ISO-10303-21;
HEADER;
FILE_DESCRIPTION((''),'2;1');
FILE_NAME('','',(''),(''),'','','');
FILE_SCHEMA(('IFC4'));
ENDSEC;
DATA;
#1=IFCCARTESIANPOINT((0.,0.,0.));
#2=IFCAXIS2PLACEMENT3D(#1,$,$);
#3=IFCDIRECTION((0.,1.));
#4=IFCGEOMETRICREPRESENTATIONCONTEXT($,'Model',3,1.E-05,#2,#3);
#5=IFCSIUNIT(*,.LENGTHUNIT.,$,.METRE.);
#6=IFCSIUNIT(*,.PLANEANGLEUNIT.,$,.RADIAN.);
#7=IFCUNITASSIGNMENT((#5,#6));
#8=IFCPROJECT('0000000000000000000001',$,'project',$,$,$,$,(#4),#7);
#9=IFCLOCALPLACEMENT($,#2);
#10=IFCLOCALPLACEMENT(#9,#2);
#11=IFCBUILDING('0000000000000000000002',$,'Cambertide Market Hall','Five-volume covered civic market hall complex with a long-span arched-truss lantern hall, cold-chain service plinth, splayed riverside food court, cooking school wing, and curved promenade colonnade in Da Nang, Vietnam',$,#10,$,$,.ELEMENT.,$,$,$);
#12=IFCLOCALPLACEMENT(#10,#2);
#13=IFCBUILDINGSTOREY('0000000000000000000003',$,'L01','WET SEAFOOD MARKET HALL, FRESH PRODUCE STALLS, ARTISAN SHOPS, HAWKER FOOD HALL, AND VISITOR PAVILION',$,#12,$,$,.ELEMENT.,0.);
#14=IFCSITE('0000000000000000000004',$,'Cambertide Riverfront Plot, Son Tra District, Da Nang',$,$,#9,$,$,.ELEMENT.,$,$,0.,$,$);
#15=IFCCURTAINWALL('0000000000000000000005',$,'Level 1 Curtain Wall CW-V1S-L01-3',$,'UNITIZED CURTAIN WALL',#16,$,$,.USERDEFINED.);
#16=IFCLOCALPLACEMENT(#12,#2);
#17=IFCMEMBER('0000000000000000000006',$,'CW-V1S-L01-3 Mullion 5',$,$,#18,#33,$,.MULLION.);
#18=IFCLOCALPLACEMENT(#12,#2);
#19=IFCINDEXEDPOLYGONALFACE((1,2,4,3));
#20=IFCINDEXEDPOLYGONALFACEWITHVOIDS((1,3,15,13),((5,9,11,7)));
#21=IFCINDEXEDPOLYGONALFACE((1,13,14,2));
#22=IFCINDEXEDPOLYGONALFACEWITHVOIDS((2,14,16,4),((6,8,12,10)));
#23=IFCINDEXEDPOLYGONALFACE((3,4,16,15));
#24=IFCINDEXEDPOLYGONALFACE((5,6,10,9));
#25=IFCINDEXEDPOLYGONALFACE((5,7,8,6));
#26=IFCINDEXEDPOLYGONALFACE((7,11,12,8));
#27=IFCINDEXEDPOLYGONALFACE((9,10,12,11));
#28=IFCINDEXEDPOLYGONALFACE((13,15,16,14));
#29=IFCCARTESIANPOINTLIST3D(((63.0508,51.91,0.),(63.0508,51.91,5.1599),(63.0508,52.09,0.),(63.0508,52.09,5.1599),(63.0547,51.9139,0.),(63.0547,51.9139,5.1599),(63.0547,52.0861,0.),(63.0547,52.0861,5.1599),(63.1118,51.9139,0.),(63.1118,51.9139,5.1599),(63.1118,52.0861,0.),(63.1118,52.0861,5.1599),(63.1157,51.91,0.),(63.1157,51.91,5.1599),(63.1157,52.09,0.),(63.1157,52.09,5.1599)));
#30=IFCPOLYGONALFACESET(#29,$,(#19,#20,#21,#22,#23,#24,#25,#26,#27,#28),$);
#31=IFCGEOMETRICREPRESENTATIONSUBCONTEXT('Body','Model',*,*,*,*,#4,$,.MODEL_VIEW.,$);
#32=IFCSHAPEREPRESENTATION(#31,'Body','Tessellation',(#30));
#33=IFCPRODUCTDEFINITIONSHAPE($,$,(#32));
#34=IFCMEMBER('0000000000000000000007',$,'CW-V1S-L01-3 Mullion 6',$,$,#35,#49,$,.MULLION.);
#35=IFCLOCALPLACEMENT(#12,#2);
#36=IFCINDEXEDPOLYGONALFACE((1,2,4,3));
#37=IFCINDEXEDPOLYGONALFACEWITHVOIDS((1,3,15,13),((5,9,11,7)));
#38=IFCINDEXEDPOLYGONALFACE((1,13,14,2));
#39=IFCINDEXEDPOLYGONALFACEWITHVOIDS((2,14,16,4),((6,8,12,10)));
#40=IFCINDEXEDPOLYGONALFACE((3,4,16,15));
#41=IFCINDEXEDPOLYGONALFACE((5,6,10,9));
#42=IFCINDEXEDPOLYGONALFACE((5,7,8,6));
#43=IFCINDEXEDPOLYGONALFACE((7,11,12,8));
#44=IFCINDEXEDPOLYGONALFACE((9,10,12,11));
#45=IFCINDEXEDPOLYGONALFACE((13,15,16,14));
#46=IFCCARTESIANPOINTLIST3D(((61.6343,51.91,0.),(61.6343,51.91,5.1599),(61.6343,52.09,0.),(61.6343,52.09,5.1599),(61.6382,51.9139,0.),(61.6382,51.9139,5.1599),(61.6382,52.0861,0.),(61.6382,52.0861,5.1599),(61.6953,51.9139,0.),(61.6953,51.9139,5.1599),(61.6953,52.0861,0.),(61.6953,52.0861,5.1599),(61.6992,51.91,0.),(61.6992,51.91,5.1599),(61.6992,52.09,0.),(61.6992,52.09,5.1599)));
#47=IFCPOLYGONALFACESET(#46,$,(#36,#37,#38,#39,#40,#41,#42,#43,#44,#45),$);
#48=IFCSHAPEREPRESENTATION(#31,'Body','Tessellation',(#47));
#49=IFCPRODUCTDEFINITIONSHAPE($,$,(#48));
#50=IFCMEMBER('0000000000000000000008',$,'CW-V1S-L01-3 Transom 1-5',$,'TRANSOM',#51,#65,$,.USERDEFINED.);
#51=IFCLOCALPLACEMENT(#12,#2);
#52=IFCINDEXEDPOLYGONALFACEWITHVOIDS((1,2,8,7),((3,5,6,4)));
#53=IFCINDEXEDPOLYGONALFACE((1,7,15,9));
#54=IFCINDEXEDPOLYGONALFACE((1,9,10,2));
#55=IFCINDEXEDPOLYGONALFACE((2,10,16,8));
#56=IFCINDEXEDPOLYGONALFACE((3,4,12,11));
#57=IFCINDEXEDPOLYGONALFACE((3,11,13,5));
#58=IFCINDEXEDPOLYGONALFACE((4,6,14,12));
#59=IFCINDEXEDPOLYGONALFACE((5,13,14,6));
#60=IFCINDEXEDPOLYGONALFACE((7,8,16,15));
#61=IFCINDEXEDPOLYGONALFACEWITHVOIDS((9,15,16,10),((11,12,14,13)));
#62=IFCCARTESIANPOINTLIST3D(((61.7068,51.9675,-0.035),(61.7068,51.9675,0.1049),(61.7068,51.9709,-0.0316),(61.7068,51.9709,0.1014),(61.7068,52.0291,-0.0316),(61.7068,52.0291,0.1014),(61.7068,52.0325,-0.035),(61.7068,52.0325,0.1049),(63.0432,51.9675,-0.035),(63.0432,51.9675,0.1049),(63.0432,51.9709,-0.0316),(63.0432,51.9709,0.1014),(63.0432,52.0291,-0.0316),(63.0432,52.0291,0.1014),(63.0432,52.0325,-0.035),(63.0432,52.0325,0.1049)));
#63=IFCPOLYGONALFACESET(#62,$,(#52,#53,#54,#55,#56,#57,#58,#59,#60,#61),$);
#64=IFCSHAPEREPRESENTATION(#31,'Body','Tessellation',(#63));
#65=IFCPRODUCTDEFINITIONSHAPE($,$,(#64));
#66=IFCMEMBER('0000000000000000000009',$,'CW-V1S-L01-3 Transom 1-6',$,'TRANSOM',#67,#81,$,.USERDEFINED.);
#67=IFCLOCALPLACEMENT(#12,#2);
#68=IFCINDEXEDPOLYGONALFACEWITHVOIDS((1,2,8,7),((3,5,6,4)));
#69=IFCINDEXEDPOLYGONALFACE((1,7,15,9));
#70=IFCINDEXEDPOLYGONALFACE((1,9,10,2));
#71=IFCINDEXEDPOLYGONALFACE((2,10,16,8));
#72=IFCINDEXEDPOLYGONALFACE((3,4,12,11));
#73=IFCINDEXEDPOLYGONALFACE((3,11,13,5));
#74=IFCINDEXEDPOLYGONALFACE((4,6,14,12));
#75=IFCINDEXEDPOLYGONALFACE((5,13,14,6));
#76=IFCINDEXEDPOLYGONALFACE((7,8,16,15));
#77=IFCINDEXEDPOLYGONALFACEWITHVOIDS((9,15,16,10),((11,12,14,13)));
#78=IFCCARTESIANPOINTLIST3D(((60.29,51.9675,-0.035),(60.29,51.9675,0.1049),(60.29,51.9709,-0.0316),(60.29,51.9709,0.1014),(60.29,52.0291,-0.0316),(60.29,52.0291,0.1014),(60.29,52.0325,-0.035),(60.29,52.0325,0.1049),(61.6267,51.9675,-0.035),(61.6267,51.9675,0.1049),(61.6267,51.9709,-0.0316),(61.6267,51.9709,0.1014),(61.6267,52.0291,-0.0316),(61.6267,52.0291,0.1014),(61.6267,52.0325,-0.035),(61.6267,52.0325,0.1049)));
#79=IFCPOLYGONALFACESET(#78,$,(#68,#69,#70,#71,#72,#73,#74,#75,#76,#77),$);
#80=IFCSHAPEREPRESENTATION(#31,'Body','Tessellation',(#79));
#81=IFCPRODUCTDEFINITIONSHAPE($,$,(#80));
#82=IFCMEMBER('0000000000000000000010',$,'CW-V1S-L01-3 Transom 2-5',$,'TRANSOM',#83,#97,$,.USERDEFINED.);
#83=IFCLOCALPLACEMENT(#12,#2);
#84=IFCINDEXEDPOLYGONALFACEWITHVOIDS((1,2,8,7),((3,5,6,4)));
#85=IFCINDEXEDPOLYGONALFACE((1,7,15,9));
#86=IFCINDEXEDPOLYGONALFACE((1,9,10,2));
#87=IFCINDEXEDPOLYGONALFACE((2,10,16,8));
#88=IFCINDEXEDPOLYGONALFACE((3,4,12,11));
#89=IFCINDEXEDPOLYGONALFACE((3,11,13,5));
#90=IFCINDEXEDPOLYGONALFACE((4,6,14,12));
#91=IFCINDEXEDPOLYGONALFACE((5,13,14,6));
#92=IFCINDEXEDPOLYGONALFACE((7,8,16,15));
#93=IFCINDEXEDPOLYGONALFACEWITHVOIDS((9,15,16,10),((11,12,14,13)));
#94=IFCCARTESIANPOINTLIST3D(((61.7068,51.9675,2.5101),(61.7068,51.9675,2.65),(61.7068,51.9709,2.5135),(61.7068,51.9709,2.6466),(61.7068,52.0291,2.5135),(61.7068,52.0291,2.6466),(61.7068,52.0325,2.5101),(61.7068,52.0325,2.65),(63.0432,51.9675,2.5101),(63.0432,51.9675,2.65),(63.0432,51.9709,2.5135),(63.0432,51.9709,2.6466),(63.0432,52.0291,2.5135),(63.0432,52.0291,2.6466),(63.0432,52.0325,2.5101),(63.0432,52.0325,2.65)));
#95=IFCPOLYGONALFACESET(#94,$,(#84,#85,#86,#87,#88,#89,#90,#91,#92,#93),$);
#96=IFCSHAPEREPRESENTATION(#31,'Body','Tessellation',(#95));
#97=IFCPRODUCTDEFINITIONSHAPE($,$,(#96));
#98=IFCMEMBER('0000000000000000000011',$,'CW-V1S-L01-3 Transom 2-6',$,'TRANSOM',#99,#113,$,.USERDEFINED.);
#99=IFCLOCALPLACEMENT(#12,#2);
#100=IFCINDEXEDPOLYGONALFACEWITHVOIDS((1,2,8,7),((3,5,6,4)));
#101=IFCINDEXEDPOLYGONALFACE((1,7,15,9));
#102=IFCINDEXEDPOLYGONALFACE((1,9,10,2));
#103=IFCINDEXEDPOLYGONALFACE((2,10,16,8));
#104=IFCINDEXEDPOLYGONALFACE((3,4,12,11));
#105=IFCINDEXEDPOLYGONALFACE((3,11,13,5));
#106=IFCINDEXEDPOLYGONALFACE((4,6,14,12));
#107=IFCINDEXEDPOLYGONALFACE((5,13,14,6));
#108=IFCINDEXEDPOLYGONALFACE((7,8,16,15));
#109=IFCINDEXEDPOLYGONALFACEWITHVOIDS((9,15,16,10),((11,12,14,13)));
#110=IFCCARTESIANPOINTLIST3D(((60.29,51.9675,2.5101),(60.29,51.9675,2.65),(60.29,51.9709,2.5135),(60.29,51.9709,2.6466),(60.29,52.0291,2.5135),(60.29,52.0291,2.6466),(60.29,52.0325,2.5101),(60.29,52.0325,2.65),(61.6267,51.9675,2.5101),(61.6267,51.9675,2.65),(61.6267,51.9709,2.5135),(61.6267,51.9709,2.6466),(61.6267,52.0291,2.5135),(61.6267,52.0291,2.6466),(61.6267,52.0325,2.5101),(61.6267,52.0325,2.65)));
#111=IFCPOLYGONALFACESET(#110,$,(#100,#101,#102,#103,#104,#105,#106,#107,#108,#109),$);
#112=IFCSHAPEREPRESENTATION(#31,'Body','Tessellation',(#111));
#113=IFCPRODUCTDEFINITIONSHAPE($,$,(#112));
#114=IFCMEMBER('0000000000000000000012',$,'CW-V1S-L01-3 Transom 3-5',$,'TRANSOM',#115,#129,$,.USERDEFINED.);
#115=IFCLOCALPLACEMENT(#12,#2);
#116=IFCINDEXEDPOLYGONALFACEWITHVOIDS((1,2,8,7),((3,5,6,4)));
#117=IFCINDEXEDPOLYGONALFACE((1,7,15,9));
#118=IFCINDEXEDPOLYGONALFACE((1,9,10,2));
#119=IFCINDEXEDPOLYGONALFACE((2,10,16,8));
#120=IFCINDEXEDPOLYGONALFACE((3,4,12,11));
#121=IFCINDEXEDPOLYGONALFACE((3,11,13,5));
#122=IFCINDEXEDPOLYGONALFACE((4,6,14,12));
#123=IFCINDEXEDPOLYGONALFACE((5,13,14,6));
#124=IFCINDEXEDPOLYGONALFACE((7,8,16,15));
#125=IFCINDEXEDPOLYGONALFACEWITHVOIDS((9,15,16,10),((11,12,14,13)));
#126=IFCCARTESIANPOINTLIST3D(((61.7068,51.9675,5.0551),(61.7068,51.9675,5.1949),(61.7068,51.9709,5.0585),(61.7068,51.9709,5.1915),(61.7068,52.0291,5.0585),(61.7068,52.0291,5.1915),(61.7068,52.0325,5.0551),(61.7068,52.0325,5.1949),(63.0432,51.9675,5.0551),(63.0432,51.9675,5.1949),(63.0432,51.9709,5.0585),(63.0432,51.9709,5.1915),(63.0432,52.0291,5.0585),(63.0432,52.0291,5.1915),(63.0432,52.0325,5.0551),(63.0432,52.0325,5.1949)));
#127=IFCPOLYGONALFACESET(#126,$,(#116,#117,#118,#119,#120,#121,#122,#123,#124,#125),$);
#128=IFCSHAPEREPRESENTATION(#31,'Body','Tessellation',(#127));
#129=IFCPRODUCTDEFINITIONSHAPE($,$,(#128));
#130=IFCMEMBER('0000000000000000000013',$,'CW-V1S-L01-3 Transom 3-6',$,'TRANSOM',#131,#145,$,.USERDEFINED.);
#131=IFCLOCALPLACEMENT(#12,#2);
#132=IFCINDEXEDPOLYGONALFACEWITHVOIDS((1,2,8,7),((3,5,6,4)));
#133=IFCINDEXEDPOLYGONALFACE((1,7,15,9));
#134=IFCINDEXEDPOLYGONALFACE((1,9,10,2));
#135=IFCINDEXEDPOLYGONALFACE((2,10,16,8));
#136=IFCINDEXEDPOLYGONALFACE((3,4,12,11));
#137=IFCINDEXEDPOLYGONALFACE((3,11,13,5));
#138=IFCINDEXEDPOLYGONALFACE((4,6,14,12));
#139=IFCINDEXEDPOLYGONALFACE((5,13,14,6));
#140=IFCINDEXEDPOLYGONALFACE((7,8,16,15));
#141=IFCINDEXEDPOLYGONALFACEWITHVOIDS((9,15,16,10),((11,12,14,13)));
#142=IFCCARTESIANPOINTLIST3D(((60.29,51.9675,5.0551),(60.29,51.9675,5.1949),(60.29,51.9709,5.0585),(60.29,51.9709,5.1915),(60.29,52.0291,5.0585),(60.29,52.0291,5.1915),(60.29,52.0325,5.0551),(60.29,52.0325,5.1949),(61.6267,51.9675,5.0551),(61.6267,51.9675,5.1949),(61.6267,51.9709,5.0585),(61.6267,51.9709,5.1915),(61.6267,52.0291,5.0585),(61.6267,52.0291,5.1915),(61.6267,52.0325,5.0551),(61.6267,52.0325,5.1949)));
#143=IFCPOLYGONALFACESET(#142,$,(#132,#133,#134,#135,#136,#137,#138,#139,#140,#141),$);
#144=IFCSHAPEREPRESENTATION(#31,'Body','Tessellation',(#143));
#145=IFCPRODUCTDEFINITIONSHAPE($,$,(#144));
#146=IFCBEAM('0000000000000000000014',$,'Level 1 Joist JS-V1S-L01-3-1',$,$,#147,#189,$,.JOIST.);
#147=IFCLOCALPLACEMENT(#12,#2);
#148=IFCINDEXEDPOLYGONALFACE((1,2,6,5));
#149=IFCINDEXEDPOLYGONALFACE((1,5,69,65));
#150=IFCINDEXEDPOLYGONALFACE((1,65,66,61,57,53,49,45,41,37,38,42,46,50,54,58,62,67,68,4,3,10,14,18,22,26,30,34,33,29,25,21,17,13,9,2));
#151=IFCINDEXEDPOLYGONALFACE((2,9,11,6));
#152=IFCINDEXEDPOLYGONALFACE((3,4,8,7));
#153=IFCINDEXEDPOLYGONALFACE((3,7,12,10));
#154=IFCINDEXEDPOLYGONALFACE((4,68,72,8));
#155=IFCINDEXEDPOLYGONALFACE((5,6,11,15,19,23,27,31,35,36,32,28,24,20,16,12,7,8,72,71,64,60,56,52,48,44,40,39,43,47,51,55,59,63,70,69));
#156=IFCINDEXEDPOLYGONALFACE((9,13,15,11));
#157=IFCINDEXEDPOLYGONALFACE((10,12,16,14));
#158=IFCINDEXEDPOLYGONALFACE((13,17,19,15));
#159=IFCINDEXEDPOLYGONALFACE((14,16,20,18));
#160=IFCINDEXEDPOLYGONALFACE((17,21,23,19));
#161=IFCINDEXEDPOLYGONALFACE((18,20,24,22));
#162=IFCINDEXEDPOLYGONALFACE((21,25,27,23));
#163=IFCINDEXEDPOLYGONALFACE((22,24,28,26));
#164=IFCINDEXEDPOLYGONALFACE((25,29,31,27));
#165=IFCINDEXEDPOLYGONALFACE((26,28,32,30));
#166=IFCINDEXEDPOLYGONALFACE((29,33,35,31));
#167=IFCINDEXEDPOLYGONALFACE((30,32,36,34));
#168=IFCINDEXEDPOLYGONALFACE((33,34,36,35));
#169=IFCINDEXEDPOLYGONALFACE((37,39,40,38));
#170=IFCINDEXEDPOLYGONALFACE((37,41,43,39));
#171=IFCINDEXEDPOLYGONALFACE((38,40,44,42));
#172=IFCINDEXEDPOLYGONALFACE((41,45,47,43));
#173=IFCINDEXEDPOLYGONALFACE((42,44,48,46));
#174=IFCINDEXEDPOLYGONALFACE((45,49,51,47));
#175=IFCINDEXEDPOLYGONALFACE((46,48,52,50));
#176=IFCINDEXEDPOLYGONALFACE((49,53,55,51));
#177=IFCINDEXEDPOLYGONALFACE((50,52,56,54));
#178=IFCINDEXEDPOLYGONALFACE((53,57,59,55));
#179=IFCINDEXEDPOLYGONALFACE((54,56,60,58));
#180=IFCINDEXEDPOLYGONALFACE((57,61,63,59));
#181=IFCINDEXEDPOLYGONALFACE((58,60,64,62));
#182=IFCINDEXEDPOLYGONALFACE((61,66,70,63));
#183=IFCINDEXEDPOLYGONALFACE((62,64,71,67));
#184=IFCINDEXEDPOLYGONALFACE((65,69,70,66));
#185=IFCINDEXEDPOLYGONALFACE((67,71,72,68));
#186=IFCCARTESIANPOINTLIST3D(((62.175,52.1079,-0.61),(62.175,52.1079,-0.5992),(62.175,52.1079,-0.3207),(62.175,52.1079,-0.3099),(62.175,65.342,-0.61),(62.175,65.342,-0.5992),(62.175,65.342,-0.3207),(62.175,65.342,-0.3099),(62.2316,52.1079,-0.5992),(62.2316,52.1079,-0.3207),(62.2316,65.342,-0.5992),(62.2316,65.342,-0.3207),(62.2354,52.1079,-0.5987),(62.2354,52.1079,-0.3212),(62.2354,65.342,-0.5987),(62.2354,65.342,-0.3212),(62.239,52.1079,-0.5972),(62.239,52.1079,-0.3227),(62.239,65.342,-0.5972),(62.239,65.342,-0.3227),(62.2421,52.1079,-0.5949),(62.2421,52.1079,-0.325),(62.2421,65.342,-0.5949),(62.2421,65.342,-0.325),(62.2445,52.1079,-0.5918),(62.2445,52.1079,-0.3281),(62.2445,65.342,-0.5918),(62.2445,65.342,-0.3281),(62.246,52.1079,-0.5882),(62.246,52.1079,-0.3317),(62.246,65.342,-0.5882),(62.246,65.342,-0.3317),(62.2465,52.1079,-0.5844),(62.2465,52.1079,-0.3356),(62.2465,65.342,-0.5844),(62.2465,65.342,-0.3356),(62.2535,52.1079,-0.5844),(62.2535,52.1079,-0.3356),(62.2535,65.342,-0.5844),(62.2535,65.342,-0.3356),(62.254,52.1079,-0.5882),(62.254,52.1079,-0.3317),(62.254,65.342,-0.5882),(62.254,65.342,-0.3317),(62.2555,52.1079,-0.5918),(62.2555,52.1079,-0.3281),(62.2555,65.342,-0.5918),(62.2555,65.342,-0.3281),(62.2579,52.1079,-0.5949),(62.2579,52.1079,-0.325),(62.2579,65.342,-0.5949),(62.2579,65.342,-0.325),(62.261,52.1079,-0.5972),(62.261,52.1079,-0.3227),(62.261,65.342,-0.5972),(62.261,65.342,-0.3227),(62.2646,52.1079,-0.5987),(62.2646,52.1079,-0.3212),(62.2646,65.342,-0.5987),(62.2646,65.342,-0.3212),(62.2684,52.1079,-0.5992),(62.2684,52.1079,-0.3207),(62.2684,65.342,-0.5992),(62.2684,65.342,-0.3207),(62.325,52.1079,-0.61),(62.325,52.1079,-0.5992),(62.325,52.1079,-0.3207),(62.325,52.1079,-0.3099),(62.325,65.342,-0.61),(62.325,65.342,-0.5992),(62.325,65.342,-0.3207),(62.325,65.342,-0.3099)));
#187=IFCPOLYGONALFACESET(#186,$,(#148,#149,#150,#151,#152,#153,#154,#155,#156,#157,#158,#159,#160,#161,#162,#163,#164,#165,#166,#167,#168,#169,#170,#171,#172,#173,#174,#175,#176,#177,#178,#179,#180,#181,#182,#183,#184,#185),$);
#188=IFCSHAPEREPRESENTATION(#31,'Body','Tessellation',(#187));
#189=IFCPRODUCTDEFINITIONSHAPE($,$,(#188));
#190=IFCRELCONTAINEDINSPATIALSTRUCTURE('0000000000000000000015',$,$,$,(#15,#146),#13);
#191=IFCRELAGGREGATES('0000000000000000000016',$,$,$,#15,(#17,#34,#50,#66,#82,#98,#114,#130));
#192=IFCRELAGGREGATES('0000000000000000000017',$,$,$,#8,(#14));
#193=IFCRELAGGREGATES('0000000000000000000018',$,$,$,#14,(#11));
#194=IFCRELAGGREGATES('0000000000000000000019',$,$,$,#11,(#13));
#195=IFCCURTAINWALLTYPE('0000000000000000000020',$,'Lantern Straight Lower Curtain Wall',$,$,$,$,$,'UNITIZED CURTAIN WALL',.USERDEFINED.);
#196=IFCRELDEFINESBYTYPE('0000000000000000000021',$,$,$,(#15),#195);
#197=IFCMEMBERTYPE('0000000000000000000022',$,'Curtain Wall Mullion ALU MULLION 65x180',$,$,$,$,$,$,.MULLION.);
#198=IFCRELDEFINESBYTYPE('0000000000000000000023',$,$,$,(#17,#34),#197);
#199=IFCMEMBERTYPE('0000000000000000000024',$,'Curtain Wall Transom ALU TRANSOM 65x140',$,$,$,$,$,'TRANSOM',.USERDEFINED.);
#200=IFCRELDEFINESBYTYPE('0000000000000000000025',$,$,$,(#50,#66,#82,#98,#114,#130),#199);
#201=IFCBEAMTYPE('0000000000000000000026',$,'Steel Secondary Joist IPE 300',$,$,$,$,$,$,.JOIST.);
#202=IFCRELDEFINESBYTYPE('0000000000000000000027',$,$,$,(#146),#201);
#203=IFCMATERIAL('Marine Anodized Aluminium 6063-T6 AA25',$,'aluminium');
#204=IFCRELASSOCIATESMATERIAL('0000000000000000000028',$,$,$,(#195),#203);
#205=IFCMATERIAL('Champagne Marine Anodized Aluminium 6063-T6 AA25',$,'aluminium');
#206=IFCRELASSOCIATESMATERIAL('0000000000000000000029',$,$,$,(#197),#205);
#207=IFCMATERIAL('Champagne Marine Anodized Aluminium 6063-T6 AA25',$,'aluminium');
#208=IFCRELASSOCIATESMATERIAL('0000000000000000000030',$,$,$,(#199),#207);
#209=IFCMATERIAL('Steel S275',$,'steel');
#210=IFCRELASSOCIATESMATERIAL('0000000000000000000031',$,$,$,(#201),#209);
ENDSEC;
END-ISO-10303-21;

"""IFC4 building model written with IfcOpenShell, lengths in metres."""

from ifc_helpers import new_model, si_unit, direction, frame, origin, origin_2d, place, context, subcontext, project, spatial, hollow_rectangle, i_section, extrude, material, material_profile, profile_set, type_object, element, aggregate, save


model = new_model("IFC4")

# Units and contexts
model_context = context("Model", 3, precision=1e-05, world=origin(), true_north=direction((0.0, 1.0)))
body_context = subcontext(model_context, "Body", "Model", "MODEL_VIEW")
ifc_project = project(units=[si_unit("LENGTHUNIT", "METRE"), si_unit("PLANEANGLEUNIT", "RADIAN")], contexts=[model_context])

# Site, building, storey
site_placement = place(None, origin())
site = spatial("IfcSite", under=ifc_project, at=site_placement, Name="Cambertide Riverfront Plot, Son Tra District, Da Nang", CompositionType="ELEMENT", RefElevation=0.0)
building_placement = place(site_placement, origin())
building = spatial("IfcBuilding", under=site, at=building_placement, Name="Cambertide Market Hall", Description="Five-volume covered civic market hall complex with a long-span arched-truss lantern hall, cold-chain service plinth, splayed riverside food court, cooking school wing, and curved promenade colonnade in Da Nang, Vietnam", CompositionType="ELEMENT")
storey_placement = place(building_placement, origin())
storey = spatial("IfcBuildingStorey", under=building, at=storey_placement, Name="L01", Description="WET SEAFOOD MARKET HALL, FRESH PRODUCE STALLS, ARTISAN SHOPS, HAWKER FOOD HALL, AND VISITOR PAVILION", CompositionType="ELEMENT", Elevation=0.0)

# Curtain wall, members
ifc_material_1 = material(Name="Marine Anodized Aluminium 6063-T6 AA25", Category="aluminium")
curtain_wall_type = type_object("IfcCurtainWallType", Name="Lantern Straight Lower Curtain Wall", ElementType="UNITIZED CURTAIN WALL", PredefinedType="USERDEFINED", material=ifc_material_1)
curtain_wall_placement = place(storey_placement, origin())
curtain_wall = element("IfcCurtainWall", 1, at=curtain_wall_placement, inside=storey, type_object=curtain_wall_type, Name="Level 1 Curtain Wall CW-V1S-L01-3", ObjectType="UNITIZED CURTAIN WALL", PredefinedType="USERDEFINED")
ifc_material_2 = material(Name="Champagne Marine Anodized Aluminium 6063-T6 AA25", Category="aluminium")
ifc_material_profile_1 = material_profile(ifc_material_2, hollow_rectangle(XDim=0.0649, YDim=0.1799, WallThickness=0.0039, at=origin_2d()), Name="ALU MULLION 65x180")
ifc_profile_set_1 = profile_set([ifc_material_profile_1], Name="Champagne Marine Anodized Aluminium 6063-T6 AA25")
member_type_1 = type_object("IfcMemberType", Name="Curtain Wall Mullion ALU MULLION 65x180", PredefinedType="MULLION", material=ifc_profile_set_1)
member_1_placement = place(storey_placement, frame((63.0833, 52.0, 0.0), z_axis=(0.0, 0.0, 1.0), x_axis=(-1.0, 0.0, 0.0)))
member_1 = element("IfcMember", 2, at=member_1_placement, type_object=member_type_1, Name="CW-V1S-L01-3 Mullion 5", PredefinedType="MULLION", context=body_context, shape_type="SweptSolid", body=[
    extrude(hollow_rectangle(XDim=0.0649, YDim=0.1799, WallThickness=0.0039, at=origin_2d()), origin(), (0.0, 0.0, 1.0), 5.1599),
])
member_2_placement = place(storey_placement, frame((61.6667, 52.0, 0.0), z_axis=(0.0, 0.0, 1.0), x_axis=(-1.0, 0.0, 0.0)))
member_2 = element("IfcMember", 3, at=member_2_placement, type_object=member_type_1, Name="CW-V1S-L01-3 Mullion 6", PredefinedType="MULLION", context=body_context, shape_type="SweptSolid", body=[
    extrude(hollow_rectangle(XDim=0.0649, YDim=0.1799, WallThickness=0.0039, at=origin_2d()), origin(), (0.0, 0.0, 1.0), 5.1599),
])
ifc_material_3 = material(Name="Champagne Marine Anodized Aluminium 6063-T6 AA25", Category="aluminium")
ifc_material_profile_2 = material_profile(ifc_material_3, hollow_rectangle(XDim=0.0649, YDim=0.1399, WallThickness=0.0034, at=origin_2d()), Name="ALU TRANSOM 65x140")
ifc_profile_set_2 = profile_set([ifc_material_profile_2], Name="Champagne Marine Anodized Aluminium 6063-T6 AA25")
member_type_2 = type_object("IfcMemberType", Name="Curtain Wall Transom ALU TRANSOM 65x140", ElementType="TRANSOM", PredefinedType="USERDEFINED", material=ifc_profile_set_2)
member_3_placement = place(storey_placement, frame((63.0432, 52.0, 0.0349), z_axis=(-1.0, 0.0, 0.0), x_axis=(0.0, -1.0, 0.0)))
member_3 = element("IfcMember", 4, at=member_3_placement, type_object=member_type_2, Name="CW-V1S-L01-3 Transom 1-5", ObjectType="TRANSOM", PredefinedType="USERDEFINED", context=body_context, shape_type="SweptSolid", body=[
    extrude(hollow_rectangle(XDim=0.0649, YDim=0.1399, WallThickness=0.0034, at=origin_2d()), origin(), (0.0, 0.0, 1.0), 1.3364),
])
member_4_placement = place(storey_placement, frame((61.6267, 52.0, 0.0349), z_axis=(-1.0, 0.0, 0.0), x_axis=(0.0, -1.0, 0.0)))
member_4 = element("IfcMember", 5, at=member_4_placement, type_object=member_type_2, Name="CW-V1S-L01-3 Transom 1-6", ObjectType="TRANSOM", PredefinedType="USERDEFINED", context=body_context, shape_type="SweptSolid", body=[
    extrude(hollow_rectangle(XDim=0.0649, YDim=0.1399, WallThickness=0.0034, at=origin_2d()), origin(), (0.0, 0.0, 1.0), 1.3367),
])
member_5_placement = place(storey_placement, frame((63.0432, 52.0, 2.5801), z_axis=(-1.0, 0.0, 0.0), x_axis=(0.0, -1.0, 0.0)))
member_5 = element("IfcMember", 6, at=member_5_placement, type_object=member_type_2, Name="CW-V1S-L01-3 Transom 2-5", ObjectType="TRANSOM", PredefinedType="USERDEFINED", context=body_context, shape_type="SweptSolid", body=[
    extrude(hollow_rectangle(XDim=0.0649, YDim=0.1399, WallThickness=0.0034, at=origin_2d()), origin(), (0.0, 0.0, 1.0), 1.3364),
])
member_6_placement = place(storey_placement, frame((61.6267, 52.0, 2.5801), z_axis=(-1.0, 0.0, 0.0), x_axis=(0.0, -1.0, 0.0)))
member_6 = element("IfcMember", 7, at=member_6_placement, type_object=member_type_2, Name="CW-V1S-L01-3 Transom 2-6", ObjectType="TRANSOM", PredefinedType="USERDEFINED", context=body_context, shape_type="SweptSolid", body=[
    extrude(hollow_rectangle(XDim=0.0649, YDim=0.1399, WallThickness=0.0034, at=origin_2d()), origin(), (0.0, 0.0, 1.0), 1.3367),
])
member_7_placement = place(storey_placement, frame((63.0432, 52.0, 5.125), z_axis=(-1.0, 0.0, 0.0), x_axis=(0.0, -1.0, 0.0)))
member_7 = element("IfcMember", 8, at=member_7_placement, type_object=member_type_2, Name="CW-V1S-L01-3 Transom 3-5", ObjectType="TRANSOM", PredefinedType="USERDEFINED", context=body_context, shape_type="SweptSolid", body=[
    extrude(hollow_rectangle(XDim=0.0649, YDim=0.1399, WallThickness=0.0034, at=origin_2d()), origin(), (0.0, 0.0, 1.0), 1.3364),
])
member_8_placement = place(storey_placement, frame((61.6267, 52.0, 5.125), z_axis=(-1.0, 0.0, 0.0), x_axis=(0.0, -1.0, 0.0)))
member_8 = element("IfcMember", 9, at=member_8_placement, type_object=member_type_2, Name="CW-V1S-L01-3 Transom 3-6", ObjectType="TRANSOM", PredefinedType="USERDEFINED", context=body_context, shape_type="SweptSolid", body=[
    extrude(hollow_rectangle(XDim=0.0649, YDim=0.1399, WallThickness=0.0034, at=origin_2d()), origin(), (0.0, 0.0, 1.0), 1.3367),
])

# Beam
ifc_material_4 = material(Name="Steel S275", Category="steel")
ifc_material_profile_3 = material_profile(ifc_material_4, i_section(OverallWidth=0.1499, OverallDepth=0.3, WebThickness=0.0071, FlangeThickness=0.0107, FilletRadius=0.0149, at=origin_2d()), Name="IPE 300")
ifc_profile_set_3 = profile_set([ifc_material_profile_3], Name="Steel S275")
beam_type = type_object("IfcBeamType", Name="Steel Secondary Joist IPE 300", PredefinedType="JOIST", material=ifc_profile_set_3)
beam_1_placement = place(storey_placement, frame((62.25, 52.1079, -0.46), z_axis=(0.0, 1.0, 0.0), x_axis=(-1.0, 0.0, 0.0)))
element("IfcBeam", 10, at=beam_1_placement, inside=storey, type_object=beam_type, Name="Level 1 Joist JS-V1S-L01-3-1", PredefinedType="JOIST", context=body_context, shape_type="SweptSolid", body=[
    extrude(i_section(OverallWidth=0.1499, OverallDepth=0.3, WebThickness=0.0071, FlangeThickness=0.0107, FilletRadius=0.0149, at=origin_2d()), origin(), (0.0, 0.0, 1.0), 13.2341),
])

aggregate(curtain_wall, [member_1, member_2, member_3, member_4, member_5, member_6, member_7, member_8])

save(model, "model.ifc")
